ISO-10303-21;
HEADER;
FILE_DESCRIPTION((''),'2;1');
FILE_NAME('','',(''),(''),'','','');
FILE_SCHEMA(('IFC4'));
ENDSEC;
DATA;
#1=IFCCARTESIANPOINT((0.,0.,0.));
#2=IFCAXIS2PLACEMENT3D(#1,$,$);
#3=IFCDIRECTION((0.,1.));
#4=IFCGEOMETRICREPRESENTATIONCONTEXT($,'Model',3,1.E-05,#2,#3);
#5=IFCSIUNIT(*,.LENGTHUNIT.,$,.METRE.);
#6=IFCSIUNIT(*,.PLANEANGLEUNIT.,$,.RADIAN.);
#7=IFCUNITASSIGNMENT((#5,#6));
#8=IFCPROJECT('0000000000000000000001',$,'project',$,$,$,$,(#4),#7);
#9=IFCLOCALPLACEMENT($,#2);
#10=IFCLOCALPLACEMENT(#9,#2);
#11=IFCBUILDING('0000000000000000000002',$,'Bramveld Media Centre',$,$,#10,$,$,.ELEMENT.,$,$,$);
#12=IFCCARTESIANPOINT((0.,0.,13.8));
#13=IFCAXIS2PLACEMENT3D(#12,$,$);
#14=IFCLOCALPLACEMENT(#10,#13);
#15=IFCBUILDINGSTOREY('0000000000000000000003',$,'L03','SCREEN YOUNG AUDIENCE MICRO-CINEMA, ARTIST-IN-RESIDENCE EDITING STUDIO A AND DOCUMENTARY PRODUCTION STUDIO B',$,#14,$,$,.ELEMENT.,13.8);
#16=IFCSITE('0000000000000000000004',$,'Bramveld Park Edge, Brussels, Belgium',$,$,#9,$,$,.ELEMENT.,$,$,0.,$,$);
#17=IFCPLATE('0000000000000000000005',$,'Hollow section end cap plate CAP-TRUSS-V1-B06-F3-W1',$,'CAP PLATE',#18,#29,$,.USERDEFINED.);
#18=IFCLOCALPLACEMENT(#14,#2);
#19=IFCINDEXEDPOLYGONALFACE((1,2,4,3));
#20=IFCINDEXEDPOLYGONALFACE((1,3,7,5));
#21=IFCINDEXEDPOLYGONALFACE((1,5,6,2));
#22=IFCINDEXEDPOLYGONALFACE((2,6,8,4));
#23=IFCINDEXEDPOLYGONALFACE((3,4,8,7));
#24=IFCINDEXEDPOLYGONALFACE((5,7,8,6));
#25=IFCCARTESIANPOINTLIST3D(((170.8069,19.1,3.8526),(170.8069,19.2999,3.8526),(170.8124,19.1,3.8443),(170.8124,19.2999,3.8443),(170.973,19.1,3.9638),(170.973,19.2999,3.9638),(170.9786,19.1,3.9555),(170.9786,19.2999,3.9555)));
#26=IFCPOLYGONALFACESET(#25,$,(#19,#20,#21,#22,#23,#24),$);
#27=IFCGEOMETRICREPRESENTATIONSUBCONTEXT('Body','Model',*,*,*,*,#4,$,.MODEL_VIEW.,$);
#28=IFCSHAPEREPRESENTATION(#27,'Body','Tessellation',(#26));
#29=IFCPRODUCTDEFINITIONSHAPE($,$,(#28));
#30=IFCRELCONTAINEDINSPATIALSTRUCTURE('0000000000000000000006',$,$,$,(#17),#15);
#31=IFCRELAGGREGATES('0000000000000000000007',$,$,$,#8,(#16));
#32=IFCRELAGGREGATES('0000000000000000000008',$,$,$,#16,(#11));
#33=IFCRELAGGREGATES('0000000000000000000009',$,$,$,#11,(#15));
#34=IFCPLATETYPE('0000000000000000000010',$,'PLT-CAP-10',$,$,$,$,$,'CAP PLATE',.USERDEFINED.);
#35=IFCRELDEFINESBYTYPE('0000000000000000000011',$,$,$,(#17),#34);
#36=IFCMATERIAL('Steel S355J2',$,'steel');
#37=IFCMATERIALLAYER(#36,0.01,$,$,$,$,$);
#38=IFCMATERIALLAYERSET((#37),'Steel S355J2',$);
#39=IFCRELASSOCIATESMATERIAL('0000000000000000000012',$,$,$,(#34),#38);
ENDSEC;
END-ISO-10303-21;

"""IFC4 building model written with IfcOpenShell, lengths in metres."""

from ifc_helpers import new_model, si_unit, direction, frame, origin, origin_2d, place, context, subcontext, project, spatial, rectangle, extrude, material, layer, layer_set, type_object, element, save


model = new_model("IFC4")

# Units and contexts
model_context = context("Model", 3, precision=1e-05, world=origin(), true_north=direction((0.0, 1.0)))
body_context = subcontext(model_context, "Body", "Model", "MODEL_VIEW")
ifc_project = project(units=[si_unit("LENGTHUNIT", "METRE"), si_unit("PLANEANGLEUNIT", "RADIAN")], contexts=[model_context])

# Site, building, storey
site_placement = place(None, origin())
site = spatial("IfcSite", under=ifc_project, at=site_placement, Name="Bramveld Park Edge, Brussels, Belgium", CompositionType="ELEMENT", RefElevation=0.0)
building_placement = place(site_placement, origin())
building = spatial("IfcBuilding", under=site, at=building_placement, Name="Bramveld Media Centre", CompositionType="ELEMENT")
storey_placement = place(building_placement, frame((0.0, 0.0, 13.8)))
storey = spatial("IfcBuildingStorey", under=building, at=storey_placement, Name="L03", Description="SCREEN YOUNG AUDIENCE MICRO-CINEMA, ARTIST-IN-RESIDENCE EDITING STUDIO A AND DOCUMENTARY PRODUCTION STUDIO B", CompositionType="ELEMENT", Elevation=13.8)

# Plate
ifc_material_1 = material(Name="Steel S355J2", Category="steel")
ifc_layer_1 = layer(ifc_material_1, 0.01)
ifc_layer_set_1 = layer_set([ifc_layer_1], Name="Steel S355J2")
plate_type_1 = type_object("IfcPlateType", Name="PLT-CAP-10", ElementType="CAP PLATE", PredefinedType="USERDEFINED", material=ifc_layer_set_1)
for number, where, z_axis, x_axis, name in (
    (1, (170.8955, 19.2, 3.8999), (-0.556175, 0.0, 0.831065), (0.0, -1.0, 0.0), "Hollow section end cap plate CAP-TRUSS-V1-B06-F3-W1"),
):
    element("IfcPlate", number, at=place(storey_placement, frame(where, z_axis=z_axis, x_axis=x_axis)), inside=storey, type_object=plate_type_1, Name=name, ObjectType="CAP PLATE", PredefinedType="USERDEFINED", context=body_context, shape_type="SweptSolid", body=[
        extrude(rectangle(XDim=0.2, YDim=0.2, at=origin_2d()), origin(), (0.0, 0.0, 1.0), 0.01),
    ])

save(model, "model.ifc")
